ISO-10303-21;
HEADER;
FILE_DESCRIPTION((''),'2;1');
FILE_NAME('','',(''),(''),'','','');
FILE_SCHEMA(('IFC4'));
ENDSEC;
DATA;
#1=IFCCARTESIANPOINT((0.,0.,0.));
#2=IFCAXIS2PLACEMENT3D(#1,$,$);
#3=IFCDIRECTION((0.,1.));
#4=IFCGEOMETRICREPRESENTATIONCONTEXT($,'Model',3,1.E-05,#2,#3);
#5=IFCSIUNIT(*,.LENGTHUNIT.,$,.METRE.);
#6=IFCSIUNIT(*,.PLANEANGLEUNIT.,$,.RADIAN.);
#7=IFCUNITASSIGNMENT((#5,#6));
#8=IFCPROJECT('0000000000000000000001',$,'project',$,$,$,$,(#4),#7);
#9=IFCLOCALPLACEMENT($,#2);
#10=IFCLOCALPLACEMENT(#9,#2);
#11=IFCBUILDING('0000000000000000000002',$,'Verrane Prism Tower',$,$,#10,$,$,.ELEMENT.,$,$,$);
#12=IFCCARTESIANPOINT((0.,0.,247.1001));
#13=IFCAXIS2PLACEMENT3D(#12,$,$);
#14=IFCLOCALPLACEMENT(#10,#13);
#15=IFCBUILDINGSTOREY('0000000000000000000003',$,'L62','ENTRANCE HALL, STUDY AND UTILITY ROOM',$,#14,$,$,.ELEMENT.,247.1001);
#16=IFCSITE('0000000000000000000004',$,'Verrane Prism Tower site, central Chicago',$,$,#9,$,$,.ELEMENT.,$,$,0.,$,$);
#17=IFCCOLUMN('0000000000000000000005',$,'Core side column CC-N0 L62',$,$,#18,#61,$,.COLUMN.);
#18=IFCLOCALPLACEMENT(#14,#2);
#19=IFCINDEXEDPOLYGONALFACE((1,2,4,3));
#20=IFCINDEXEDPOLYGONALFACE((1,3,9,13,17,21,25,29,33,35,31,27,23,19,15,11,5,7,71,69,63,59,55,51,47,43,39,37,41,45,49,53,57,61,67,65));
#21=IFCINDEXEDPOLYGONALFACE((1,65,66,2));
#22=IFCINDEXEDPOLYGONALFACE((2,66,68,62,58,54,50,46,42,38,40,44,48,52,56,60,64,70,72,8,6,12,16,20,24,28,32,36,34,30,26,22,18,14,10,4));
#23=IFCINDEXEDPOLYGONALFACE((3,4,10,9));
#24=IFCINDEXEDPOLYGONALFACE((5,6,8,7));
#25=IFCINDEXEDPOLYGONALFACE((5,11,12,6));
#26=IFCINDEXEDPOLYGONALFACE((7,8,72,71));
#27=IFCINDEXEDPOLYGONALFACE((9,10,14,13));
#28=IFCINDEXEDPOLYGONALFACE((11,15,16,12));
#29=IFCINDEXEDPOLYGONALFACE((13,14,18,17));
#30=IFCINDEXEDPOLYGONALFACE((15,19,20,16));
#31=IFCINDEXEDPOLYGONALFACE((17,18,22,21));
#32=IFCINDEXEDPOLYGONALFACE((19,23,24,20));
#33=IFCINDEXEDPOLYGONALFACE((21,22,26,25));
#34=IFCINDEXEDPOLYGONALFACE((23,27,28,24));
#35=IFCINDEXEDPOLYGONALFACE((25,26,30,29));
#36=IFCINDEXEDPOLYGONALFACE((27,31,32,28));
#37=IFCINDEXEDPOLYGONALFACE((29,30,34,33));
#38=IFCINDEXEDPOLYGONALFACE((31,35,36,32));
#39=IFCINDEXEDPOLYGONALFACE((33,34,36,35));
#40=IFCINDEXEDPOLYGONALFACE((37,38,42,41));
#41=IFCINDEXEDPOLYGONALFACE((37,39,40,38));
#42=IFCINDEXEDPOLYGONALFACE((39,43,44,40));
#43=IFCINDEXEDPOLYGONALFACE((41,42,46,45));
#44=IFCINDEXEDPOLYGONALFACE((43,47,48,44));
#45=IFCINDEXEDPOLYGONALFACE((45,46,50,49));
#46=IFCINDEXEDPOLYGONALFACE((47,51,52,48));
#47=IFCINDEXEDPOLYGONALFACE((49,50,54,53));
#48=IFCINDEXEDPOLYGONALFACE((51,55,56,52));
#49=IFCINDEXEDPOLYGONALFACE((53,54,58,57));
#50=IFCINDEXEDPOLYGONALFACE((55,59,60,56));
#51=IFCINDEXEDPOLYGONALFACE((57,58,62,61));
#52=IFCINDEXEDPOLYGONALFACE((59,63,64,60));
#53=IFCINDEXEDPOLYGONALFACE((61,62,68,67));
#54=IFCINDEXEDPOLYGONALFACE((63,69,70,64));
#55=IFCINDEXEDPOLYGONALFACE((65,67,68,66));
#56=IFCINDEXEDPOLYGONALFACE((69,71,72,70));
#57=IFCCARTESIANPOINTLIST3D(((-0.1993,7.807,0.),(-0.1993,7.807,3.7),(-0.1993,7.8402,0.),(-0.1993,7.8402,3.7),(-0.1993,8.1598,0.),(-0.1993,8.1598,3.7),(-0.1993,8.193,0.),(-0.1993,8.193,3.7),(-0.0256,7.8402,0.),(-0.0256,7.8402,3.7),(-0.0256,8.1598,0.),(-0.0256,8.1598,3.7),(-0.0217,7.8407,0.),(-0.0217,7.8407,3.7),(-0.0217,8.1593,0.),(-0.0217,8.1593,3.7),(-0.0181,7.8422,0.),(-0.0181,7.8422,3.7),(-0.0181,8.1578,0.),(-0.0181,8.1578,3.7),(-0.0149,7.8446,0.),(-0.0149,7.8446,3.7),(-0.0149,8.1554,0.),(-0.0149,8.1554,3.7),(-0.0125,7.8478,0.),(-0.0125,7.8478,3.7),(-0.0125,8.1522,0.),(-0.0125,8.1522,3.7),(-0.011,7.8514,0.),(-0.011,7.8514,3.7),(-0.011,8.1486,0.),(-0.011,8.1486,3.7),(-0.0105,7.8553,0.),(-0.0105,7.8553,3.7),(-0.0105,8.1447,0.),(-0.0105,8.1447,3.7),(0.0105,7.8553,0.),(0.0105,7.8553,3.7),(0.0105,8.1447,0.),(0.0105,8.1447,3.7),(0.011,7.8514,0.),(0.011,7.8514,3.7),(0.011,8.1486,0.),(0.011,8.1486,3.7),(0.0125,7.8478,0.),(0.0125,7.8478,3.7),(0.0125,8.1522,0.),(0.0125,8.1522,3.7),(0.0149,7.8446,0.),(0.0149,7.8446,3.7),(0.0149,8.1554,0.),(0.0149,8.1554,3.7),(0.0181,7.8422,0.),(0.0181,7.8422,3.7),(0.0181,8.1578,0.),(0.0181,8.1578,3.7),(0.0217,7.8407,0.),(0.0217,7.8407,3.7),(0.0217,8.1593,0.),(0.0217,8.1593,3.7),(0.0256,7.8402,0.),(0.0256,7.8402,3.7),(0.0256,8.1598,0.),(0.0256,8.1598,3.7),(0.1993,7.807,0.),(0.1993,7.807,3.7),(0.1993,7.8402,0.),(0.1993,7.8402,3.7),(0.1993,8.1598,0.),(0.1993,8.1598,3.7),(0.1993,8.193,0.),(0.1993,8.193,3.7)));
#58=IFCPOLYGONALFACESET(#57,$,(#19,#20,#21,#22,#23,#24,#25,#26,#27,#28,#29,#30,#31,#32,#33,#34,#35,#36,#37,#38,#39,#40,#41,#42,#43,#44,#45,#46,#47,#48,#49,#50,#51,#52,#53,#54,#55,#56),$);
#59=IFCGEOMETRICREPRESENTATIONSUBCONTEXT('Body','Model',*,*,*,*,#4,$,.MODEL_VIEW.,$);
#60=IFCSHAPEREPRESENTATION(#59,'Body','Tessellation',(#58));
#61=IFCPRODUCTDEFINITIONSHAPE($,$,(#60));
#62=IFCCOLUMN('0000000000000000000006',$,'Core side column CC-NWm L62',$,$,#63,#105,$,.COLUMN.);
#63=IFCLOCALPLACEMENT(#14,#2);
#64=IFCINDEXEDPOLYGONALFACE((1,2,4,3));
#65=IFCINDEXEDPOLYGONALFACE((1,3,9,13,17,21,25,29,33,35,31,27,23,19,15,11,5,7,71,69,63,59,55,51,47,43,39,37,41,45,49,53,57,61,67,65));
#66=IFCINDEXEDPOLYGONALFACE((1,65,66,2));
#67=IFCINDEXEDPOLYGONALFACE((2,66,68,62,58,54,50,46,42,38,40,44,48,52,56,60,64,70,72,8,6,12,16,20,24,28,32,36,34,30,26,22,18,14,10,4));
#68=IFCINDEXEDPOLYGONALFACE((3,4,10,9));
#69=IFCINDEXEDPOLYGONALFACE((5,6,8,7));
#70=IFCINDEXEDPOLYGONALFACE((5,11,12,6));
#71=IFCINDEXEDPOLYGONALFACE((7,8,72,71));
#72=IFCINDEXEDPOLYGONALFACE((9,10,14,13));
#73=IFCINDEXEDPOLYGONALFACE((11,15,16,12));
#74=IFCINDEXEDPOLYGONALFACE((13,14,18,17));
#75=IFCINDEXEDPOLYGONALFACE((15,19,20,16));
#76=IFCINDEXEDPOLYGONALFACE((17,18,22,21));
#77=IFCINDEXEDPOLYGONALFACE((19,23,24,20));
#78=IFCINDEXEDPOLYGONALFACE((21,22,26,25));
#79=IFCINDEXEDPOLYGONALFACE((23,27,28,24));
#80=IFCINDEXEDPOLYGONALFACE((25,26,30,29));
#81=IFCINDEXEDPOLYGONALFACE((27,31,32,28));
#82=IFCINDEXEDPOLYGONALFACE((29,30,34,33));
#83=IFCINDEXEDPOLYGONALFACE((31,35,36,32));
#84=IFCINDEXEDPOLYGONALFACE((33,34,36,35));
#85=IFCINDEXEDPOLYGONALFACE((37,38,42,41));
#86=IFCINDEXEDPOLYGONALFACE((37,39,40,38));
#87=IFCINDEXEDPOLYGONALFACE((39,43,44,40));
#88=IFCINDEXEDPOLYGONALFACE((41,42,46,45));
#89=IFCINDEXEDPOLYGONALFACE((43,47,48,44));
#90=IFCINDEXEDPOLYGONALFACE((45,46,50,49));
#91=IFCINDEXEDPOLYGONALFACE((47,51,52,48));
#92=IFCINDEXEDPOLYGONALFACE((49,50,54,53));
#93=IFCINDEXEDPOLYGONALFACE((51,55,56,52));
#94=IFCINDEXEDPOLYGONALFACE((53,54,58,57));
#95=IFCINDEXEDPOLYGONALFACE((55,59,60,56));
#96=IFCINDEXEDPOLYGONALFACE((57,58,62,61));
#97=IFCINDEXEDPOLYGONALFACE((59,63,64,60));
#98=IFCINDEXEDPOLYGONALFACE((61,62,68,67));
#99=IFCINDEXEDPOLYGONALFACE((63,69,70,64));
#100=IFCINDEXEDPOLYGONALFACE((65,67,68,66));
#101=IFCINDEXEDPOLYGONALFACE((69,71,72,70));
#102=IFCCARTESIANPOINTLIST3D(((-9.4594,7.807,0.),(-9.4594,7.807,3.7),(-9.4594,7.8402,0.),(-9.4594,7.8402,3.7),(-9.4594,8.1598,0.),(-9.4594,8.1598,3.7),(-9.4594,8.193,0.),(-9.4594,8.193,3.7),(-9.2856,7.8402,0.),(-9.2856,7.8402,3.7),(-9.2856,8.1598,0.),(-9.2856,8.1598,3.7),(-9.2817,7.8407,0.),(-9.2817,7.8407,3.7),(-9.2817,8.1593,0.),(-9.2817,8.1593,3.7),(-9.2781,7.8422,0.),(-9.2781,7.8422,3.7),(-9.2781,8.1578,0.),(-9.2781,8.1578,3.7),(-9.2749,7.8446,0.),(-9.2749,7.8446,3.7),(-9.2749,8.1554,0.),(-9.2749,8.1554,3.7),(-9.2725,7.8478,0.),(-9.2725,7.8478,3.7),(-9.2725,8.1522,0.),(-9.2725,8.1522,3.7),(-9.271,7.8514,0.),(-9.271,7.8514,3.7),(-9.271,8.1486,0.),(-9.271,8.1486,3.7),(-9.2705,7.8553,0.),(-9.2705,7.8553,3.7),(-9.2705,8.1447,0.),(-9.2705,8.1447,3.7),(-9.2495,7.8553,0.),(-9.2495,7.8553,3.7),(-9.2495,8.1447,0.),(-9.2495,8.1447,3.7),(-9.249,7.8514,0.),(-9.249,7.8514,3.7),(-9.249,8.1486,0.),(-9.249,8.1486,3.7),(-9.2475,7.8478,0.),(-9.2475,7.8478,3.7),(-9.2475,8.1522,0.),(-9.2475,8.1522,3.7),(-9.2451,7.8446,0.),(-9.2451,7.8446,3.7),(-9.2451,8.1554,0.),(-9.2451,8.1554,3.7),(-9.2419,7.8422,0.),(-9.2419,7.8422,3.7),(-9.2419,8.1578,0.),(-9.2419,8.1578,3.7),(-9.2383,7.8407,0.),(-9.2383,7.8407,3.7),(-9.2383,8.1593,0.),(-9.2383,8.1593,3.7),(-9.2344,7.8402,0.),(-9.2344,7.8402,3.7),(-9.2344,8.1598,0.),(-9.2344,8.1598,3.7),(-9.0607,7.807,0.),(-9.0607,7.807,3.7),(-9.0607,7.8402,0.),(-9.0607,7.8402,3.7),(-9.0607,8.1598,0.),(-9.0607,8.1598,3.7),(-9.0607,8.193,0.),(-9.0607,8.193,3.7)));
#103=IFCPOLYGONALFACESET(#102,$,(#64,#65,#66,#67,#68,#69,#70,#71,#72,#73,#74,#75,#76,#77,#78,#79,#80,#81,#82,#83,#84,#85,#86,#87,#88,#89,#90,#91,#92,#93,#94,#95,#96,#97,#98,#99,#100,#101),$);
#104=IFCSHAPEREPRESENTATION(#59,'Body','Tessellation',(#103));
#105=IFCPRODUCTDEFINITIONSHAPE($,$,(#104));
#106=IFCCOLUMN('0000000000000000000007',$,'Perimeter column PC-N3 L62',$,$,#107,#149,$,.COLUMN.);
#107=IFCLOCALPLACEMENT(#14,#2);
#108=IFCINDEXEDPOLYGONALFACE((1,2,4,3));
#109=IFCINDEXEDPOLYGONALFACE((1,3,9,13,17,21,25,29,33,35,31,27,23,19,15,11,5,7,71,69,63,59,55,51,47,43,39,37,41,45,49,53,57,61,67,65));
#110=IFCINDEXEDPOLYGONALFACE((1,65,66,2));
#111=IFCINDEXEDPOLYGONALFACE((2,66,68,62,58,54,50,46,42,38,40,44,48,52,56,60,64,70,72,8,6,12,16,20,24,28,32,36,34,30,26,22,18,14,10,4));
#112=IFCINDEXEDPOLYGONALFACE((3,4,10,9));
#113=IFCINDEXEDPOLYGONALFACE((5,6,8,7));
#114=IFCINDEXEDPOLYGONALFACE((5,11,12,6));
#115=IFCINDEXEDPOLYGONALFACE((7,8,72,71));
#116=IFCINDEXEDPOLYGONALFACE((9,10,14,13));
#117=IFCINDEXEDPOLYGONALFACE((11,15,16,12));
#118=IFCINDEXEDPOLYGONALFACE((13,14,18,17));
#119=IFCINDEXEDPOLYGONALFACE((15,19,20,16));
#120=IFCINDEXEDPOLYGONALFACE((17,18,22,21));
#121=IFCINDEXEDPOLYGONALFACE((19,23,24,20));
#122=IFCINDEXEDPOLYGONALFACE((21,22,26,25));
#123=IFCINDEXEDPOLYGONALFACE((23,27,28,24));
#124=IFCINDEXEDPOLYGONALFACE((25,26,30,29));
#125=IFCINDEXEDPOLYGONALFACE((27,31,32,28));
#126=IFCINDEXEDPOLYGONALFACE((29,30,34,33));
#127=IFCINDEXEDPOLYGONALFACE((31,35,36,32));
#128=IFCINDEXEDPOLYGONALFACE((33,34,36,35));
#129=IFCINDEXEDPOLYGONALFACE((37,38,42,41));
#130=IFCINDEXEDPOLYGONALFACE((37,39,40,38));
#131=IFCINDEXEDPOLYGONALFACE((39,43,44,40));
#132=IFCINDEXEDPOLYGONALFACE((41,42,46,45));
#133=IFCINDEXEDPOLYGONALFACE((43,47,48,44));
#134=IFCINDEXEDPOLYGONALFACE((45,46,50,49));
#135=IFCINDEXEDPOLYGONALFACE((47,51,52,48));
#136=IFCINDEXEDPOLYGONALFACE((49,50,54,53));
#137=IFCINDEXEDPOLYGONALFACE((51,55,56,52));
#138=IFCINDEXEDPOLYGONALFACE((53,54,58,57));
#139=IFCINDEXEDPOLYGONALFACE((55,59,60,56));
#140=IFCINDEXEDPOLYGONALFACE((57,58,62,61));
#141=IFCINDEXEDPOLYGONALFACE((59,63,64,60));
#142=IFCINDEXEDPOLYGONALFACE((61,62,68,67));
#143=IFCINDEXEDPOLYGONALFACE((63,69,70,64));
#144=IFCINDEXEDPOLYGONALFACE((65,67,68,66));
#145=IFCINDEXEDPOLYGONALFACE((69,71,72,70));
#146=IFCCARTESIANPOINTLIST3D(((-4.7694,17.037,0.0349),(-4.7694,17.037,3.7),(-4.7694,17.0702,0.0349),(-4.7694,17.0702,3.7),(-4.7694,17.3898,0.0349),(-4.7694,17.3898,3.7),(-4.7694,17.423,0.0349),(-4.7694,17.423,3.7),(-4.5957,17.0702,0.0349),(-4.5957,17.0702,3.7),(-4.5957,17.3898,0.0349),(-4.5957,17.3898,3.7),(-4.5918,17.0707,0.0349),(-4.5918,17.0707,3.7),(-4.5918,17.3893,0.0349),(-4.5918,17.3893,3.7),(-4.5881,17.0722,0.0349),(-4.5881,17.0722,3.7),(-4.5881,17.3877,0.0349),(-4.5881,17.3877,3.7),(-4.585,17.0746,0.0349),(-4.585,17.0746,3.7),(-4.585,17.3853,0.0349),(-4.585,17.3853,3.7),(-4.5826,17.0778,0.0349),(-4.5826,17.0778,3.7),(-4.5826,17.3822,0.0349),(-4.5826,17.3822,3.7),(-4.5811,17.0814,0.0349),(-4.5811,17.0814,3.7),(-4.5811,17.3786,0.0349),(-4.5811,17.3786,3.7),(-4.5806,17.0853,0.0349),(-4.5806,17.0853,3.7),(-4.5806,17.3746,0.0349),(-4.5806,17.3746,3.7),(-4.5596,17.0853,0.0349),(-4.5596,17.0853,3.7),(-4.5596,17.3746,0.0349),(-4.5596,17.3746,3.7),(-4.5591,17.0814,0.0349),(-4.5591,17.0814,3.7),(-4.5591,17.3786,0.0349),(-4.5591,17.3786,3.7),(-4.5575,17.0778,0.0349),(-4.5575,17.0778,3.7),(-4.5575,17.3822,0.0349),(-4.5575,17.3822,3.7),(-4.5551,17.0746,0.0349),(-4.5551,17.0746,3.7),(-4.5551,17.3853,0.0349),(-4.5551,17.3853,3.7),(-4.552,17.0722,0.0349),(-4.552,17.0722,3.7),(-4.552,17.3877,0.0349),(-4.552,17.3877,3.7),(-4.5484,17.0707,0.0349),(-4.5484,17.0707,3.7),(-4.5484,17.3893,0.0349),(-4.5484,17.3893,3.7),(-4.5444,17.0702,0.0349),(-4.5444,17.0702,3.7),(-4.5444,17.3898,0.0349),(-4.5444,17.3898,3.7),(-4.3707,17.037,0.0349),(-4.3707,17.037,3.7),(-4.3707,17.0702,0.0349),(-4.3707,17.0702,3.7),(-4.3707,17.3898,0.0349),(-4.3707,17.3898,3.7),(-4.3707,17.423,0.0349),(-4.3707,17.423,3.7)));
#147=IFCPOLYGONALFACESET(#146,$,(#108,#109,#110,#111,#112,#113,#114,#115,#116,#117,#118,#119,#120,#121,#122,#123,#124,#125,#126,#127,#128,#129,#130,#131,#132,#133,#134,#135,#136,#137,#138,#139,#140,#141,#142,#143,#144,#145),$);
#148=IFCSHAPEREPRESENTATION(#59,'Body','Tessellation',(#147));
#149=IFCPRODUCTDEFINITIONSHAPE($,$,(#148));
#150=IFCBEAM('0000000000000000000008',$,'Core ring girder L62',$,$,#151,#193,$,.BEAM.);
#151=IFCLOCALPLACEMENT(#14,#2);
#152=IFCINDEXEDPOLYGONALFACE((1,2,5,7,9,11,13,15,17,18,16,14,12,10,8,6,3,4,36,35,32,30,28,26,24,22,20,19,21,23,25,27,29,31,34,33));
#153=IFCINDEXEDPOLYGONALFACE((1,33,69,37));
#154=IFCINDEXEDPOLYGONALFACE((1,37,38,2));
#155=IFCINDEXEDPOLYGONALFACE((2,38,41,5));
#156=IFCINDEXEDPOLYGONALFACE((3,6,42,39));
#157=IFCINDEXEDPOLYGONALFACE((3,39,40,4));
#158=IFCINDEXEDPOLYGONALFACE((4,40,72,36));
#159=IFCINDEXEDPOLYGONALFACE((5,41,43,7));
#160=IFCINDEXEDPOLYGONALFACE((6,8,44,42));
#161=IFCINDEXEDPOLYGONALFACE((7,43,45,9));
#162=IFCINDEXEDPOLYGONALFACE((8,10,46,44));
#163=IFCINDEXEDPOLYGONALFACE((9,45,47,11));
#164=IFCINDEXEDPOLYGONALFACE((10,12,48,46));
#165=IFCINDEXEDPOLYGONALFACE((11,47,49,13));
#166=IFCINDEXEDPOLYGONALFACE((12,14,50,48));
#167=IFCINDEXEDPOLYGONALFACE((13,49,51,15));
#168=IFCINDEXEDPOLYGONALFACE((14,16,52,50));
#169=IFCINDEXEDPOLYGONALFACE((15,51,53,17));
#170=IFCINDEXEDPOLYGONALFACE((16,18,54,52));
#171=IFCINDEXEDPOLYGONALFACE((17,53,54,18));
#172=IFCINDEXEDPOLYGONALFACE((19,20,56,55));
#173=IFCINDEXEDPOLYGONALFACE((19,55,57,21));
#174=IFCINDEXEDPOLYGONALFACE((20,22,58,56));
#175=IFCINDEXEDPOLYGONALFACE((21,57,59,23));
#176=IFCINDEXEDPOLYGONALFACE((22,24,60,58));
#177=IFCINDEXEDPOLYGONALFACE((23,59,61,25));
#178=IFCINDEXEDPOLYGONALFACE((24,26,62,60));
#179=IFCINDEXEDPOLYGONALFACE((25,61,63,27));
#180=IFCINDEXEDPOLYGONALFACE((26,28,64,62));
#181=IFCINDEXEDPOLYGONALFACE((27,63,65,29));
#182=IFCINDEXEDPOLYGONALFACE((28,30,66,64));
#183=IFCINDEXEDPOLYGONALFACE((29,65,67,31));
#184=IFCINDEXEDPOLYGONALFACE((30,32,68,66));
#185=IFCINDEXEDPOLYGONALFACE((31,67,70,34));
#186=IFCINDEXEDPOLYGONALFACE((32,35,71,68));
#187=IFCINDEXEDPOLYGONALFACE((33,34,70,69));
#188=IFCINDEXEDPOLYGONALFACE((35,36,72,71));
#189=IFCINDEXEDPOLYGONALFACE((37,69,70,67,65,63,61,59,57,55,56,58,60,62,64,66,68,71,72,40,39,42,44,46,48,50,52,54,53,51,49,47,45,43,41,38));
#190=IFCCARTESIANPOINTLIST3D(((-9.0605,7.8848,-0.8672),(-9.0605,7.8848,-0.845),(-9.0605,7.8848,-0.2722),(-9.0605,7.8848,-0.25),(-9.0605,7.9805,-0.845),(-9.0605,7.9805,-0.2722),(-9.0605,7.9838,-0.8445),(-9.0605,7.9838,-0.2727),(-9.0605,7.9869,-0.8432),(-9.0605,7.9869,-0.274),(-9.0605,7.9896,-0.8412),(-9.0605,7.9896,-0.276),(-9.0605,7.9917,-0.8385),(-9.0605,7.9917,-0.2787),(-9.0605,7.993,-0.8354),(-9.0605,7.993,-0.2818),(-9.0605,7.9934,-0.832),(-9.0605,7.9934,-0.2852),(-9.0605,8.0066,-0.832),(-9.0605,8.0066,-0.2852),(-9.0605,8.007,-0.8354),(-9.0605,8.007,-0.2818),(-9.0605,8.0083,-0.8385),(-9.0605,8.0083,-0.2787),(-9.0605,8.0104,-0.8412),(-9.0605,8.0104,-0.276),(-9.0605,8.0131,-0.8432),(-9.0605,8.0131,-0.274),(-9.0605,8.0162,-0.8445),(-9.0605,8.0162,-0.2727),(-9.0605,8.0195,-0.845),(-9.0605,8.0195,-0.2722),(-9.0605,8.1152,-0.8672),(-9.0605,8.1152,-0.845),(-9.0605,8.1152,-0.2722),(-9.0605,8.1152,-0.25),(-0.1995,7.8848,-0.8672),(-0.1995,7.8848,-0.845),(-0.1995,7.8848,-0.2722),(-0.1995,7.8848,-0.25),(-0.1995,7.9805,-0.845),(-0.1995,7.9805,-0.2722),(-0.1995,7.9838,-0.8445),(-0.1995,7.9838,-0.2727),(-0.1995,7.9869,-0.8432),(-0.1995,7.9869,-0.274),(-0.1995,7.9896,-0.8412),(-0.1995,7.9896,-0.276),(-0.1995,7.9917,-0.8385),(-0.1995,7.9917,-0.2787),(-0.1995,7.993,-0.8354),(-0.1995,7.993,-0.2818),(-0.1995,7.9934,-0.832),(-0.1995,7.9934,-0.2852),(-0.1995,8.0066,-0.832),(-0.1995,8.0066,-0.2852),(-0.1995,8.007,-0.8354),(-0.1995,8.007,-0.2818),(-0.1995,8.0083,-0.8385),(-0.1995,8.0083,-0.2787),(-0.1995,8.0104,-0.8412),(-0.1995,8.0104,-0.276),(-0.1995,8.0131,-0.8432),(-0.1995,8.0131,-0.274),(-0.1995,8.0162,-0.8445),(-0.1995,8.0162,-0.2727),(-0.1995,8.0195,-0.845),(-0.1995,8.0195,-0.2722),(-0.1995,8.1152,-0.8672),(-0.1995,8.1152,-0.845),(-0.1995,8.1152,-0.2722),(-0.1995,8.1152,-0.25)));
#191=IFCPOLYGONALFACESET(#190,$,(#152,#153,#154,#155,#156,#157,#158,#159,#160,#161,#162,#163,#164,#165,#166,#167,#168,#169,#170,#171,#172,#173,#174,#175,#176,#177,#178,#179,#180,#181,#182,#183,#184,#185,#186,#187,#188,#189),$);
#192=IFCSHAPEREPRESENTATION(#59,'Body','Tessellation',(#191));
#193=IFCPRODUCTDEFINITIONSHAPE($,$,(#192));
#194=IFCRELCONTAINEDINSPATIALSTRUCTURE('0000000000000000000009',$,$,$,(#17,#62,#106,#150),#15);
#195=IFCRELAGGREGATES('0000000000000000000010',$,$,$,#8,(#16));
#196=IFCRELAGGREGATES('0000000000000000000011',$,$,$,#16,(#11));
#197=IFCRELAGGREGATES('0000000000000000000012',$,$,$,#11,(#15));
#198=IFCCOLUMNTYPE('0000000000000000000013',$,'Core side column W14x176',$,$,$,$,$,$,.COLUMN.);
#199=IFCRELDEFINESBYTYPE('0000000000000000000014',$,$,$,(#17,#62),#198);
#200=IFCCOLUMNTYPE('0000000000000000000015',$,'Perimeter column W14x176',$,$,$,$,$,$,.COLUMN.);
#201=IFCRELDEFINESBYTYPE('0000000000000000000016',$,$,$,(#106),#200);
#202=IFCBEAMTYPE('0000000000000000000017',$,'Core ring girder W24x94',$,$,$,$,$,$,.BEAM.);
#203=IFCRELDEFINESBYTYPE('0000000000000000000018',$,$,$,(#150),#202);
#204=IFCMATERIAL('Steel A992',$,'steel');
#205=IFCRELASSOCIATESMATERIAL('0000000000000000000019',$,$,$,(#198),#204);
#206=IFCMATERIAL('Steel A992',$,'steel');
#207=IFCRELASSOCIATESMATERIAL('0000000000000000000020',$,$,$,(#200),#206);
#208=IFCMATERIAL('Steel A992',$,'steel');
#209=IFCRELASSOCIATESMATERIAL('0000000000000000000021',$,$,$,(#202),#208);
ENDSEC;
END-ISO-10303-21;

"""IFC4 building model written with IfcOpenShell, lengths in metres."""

from ifc_helpers import new_model, si_unit, direction, frame, origin, origin_2d, place, context, subcontext, project, spatial, i_section, extrude, material, material_profile, profile_set, type_object, element, save


model = new_model("IFC4")

# Units and contexts
model_context = context("Model", 3, precision=1e-05, world=origin(), true_north=direction((0.0, 1.0)))
body_context = subcontext(model_context, "Body", "Model", "MODEL_VIEW")
ifc_project = project(units=[si_unit("LENGTHUNIT", "METRE"), si_unit("PLANEANGLEUNIT", "RADIAN")], contexts=[model_context])

# Site, building, storey
site_placement = place(None, origin())
site = spatial("IfcSite", under=ifc_project, at=site_placement, Name="Verrane Prism Tower site, central Chicago", CompositionType="ELEMENT", RefElevation=0.0)
building_placement = place(site_placement, origin())
building = spatial("IfcBuilding", under=site, at=building_placement, Name="Verrane Prism Tower", CompositionType="ELEMENT")
storey_placement = place(building_placement, frame((0.0, 0.0, 247.1001)))
storey = spatial("IfcBuildingStorey", under=building, at=storey_placement, Name="L62", Description="ENTRANCE HALL, STUDY AND UTILITY ROOM", CompositionType="ELEMENT", Elevation=247.1001)

# Columns
ifc_material_1 = material(Name="Steel A992", Category="steel")
ifc_material_profile_1 = material_profile(ifc_material_1, i_section(OverallWidth=0.3987, OverallDepth=0.386, WebThickness=0.021, FlangeThickness=0.0332, FilletRadius=0.0151, at=origin_2d()), Name="W14x176")
ifc_profile_set_1 = profile_set([ifc_material_profile_1], Name="Steel A992")
column_type_1 = type_object("IfcColumnType", Name="Core side column W14x176", PredefinedType="COLUMN", material=ifc_profile_set_1)
for number, where, z_axis, x_axis, name in (
    (1, (0.0, 8.0, 0.0), (0.0, 0.0, 1.0), (1.0, 0.0, 0.0), "Core side column CC-N0 L62"),
    (2, (-9.26, 8.0, 0.0), (0.0, 0.0, 1.0), (1.0, 0.0, 0.0), "Core side column CC-NWm L62"),
):
    element("IfcColumn", number, at=place(storey_placement, frame(where, z_axis=z_axis, x_axis=x_axis)), inside=storey, type_object=column_type_1, Name=name, PredefinedType="COLUMN", context=body_context, shape_type="SweptSolid", body=[
        extrude(i_section(OverallWidth=0.3987, OverallDepth=0.386, WebThickness=0.021, FlangeThickness=0.0332, FilletRadius=0.0151, at=origin_2d()), origin(), (0.0, 0.0, 1.0), 3.7),
    ])
ifc_material_2 = material(Name="Steel A992", Category="steel")
ifc_material_profile_2 = material_profile(ifc_material_2, i_section(OverallWidth=0.3987, OverallDepth=0.386, WebThickness=0.021, FlangeThickness=0.0332, FilletRadius=0.0151, at=origin_2d()), Name="W14x176")
ifc_profile_set_2 = profile_set([ifc_material_profile_2], Name="Steel A992")
column_type_2 = type_object("IfcColumnType", Name="Perimeter column W14x176", PredefinedType="COLUMN", material=ifc_profile_set_2)
column_placement = place(storey_placement, frame((-4.5701, 17.23, 0.0349), z_axis=(0.0, 0.0, 1.0), x_axis=(1.0, 0.0, 0.0)))
element("IfcColumn", 3, at=column_placement, inside=storey, type_object=column_type_2, Name="Perimeter column PC-N3 L62", PredefinedType="COLUMN", context=body_context, shape_type="SweptSolid", body=[
    extrude(i_section(OverallWidth=0.3987, OverallDepth=0.386, WebThickness=0.021, FlangeThickness=0.0332, FilletRadius=0.0151, at=origin_2d()), origin(), (0.0, 0.0, 1.0), 3.665),
])

# Beam
ifc_material_3 = material(Name="Steel A992", Category="steel")
ifc_material_profile_3 = material_profile(ifc_material_3, i_section(OverallWidth=0.2305, OverallDepth=0.6172, WebThickness=0.0132, FlangeThickness=0.0222, FilletRadius=0.0129, at=origin_2d()), Name="W24x94")
ifc_profile_set_3 = profile_set([ifc_material_profile_3], Name="Steel A992")
beam_type_1 = type_object("IfcBeamType", Name="Core ring girder W24x94", PredefinedType="BEAM", material=ifc_profile_set_3)
beam_1_placement = place(storey_placement, frame((-0.1995, 8.0, -0.5586), z_axis=(-1.0, 0.0, 0.0), x_axis=(0.0, -1.0, 0.0)))
element("IfcBeam", 4, at=beam_1_placement, inside=storey, type_object=beam_type_1, Name="Core ring girder L62", PredefinedType="BEAM", context=body_context, shape_type="SweptSolid", body=[
    extrude(i_section(OverallWidth=0.2305, OverallDepth=0.6172, WebThickness=0.0132, FlangeThickness=0.0222, FilletRadius=0.0129, at=origin_2d()), origin(), (0.0, 0.0, 1.0), 8.8611),
])

save(model, "model.ifc")
